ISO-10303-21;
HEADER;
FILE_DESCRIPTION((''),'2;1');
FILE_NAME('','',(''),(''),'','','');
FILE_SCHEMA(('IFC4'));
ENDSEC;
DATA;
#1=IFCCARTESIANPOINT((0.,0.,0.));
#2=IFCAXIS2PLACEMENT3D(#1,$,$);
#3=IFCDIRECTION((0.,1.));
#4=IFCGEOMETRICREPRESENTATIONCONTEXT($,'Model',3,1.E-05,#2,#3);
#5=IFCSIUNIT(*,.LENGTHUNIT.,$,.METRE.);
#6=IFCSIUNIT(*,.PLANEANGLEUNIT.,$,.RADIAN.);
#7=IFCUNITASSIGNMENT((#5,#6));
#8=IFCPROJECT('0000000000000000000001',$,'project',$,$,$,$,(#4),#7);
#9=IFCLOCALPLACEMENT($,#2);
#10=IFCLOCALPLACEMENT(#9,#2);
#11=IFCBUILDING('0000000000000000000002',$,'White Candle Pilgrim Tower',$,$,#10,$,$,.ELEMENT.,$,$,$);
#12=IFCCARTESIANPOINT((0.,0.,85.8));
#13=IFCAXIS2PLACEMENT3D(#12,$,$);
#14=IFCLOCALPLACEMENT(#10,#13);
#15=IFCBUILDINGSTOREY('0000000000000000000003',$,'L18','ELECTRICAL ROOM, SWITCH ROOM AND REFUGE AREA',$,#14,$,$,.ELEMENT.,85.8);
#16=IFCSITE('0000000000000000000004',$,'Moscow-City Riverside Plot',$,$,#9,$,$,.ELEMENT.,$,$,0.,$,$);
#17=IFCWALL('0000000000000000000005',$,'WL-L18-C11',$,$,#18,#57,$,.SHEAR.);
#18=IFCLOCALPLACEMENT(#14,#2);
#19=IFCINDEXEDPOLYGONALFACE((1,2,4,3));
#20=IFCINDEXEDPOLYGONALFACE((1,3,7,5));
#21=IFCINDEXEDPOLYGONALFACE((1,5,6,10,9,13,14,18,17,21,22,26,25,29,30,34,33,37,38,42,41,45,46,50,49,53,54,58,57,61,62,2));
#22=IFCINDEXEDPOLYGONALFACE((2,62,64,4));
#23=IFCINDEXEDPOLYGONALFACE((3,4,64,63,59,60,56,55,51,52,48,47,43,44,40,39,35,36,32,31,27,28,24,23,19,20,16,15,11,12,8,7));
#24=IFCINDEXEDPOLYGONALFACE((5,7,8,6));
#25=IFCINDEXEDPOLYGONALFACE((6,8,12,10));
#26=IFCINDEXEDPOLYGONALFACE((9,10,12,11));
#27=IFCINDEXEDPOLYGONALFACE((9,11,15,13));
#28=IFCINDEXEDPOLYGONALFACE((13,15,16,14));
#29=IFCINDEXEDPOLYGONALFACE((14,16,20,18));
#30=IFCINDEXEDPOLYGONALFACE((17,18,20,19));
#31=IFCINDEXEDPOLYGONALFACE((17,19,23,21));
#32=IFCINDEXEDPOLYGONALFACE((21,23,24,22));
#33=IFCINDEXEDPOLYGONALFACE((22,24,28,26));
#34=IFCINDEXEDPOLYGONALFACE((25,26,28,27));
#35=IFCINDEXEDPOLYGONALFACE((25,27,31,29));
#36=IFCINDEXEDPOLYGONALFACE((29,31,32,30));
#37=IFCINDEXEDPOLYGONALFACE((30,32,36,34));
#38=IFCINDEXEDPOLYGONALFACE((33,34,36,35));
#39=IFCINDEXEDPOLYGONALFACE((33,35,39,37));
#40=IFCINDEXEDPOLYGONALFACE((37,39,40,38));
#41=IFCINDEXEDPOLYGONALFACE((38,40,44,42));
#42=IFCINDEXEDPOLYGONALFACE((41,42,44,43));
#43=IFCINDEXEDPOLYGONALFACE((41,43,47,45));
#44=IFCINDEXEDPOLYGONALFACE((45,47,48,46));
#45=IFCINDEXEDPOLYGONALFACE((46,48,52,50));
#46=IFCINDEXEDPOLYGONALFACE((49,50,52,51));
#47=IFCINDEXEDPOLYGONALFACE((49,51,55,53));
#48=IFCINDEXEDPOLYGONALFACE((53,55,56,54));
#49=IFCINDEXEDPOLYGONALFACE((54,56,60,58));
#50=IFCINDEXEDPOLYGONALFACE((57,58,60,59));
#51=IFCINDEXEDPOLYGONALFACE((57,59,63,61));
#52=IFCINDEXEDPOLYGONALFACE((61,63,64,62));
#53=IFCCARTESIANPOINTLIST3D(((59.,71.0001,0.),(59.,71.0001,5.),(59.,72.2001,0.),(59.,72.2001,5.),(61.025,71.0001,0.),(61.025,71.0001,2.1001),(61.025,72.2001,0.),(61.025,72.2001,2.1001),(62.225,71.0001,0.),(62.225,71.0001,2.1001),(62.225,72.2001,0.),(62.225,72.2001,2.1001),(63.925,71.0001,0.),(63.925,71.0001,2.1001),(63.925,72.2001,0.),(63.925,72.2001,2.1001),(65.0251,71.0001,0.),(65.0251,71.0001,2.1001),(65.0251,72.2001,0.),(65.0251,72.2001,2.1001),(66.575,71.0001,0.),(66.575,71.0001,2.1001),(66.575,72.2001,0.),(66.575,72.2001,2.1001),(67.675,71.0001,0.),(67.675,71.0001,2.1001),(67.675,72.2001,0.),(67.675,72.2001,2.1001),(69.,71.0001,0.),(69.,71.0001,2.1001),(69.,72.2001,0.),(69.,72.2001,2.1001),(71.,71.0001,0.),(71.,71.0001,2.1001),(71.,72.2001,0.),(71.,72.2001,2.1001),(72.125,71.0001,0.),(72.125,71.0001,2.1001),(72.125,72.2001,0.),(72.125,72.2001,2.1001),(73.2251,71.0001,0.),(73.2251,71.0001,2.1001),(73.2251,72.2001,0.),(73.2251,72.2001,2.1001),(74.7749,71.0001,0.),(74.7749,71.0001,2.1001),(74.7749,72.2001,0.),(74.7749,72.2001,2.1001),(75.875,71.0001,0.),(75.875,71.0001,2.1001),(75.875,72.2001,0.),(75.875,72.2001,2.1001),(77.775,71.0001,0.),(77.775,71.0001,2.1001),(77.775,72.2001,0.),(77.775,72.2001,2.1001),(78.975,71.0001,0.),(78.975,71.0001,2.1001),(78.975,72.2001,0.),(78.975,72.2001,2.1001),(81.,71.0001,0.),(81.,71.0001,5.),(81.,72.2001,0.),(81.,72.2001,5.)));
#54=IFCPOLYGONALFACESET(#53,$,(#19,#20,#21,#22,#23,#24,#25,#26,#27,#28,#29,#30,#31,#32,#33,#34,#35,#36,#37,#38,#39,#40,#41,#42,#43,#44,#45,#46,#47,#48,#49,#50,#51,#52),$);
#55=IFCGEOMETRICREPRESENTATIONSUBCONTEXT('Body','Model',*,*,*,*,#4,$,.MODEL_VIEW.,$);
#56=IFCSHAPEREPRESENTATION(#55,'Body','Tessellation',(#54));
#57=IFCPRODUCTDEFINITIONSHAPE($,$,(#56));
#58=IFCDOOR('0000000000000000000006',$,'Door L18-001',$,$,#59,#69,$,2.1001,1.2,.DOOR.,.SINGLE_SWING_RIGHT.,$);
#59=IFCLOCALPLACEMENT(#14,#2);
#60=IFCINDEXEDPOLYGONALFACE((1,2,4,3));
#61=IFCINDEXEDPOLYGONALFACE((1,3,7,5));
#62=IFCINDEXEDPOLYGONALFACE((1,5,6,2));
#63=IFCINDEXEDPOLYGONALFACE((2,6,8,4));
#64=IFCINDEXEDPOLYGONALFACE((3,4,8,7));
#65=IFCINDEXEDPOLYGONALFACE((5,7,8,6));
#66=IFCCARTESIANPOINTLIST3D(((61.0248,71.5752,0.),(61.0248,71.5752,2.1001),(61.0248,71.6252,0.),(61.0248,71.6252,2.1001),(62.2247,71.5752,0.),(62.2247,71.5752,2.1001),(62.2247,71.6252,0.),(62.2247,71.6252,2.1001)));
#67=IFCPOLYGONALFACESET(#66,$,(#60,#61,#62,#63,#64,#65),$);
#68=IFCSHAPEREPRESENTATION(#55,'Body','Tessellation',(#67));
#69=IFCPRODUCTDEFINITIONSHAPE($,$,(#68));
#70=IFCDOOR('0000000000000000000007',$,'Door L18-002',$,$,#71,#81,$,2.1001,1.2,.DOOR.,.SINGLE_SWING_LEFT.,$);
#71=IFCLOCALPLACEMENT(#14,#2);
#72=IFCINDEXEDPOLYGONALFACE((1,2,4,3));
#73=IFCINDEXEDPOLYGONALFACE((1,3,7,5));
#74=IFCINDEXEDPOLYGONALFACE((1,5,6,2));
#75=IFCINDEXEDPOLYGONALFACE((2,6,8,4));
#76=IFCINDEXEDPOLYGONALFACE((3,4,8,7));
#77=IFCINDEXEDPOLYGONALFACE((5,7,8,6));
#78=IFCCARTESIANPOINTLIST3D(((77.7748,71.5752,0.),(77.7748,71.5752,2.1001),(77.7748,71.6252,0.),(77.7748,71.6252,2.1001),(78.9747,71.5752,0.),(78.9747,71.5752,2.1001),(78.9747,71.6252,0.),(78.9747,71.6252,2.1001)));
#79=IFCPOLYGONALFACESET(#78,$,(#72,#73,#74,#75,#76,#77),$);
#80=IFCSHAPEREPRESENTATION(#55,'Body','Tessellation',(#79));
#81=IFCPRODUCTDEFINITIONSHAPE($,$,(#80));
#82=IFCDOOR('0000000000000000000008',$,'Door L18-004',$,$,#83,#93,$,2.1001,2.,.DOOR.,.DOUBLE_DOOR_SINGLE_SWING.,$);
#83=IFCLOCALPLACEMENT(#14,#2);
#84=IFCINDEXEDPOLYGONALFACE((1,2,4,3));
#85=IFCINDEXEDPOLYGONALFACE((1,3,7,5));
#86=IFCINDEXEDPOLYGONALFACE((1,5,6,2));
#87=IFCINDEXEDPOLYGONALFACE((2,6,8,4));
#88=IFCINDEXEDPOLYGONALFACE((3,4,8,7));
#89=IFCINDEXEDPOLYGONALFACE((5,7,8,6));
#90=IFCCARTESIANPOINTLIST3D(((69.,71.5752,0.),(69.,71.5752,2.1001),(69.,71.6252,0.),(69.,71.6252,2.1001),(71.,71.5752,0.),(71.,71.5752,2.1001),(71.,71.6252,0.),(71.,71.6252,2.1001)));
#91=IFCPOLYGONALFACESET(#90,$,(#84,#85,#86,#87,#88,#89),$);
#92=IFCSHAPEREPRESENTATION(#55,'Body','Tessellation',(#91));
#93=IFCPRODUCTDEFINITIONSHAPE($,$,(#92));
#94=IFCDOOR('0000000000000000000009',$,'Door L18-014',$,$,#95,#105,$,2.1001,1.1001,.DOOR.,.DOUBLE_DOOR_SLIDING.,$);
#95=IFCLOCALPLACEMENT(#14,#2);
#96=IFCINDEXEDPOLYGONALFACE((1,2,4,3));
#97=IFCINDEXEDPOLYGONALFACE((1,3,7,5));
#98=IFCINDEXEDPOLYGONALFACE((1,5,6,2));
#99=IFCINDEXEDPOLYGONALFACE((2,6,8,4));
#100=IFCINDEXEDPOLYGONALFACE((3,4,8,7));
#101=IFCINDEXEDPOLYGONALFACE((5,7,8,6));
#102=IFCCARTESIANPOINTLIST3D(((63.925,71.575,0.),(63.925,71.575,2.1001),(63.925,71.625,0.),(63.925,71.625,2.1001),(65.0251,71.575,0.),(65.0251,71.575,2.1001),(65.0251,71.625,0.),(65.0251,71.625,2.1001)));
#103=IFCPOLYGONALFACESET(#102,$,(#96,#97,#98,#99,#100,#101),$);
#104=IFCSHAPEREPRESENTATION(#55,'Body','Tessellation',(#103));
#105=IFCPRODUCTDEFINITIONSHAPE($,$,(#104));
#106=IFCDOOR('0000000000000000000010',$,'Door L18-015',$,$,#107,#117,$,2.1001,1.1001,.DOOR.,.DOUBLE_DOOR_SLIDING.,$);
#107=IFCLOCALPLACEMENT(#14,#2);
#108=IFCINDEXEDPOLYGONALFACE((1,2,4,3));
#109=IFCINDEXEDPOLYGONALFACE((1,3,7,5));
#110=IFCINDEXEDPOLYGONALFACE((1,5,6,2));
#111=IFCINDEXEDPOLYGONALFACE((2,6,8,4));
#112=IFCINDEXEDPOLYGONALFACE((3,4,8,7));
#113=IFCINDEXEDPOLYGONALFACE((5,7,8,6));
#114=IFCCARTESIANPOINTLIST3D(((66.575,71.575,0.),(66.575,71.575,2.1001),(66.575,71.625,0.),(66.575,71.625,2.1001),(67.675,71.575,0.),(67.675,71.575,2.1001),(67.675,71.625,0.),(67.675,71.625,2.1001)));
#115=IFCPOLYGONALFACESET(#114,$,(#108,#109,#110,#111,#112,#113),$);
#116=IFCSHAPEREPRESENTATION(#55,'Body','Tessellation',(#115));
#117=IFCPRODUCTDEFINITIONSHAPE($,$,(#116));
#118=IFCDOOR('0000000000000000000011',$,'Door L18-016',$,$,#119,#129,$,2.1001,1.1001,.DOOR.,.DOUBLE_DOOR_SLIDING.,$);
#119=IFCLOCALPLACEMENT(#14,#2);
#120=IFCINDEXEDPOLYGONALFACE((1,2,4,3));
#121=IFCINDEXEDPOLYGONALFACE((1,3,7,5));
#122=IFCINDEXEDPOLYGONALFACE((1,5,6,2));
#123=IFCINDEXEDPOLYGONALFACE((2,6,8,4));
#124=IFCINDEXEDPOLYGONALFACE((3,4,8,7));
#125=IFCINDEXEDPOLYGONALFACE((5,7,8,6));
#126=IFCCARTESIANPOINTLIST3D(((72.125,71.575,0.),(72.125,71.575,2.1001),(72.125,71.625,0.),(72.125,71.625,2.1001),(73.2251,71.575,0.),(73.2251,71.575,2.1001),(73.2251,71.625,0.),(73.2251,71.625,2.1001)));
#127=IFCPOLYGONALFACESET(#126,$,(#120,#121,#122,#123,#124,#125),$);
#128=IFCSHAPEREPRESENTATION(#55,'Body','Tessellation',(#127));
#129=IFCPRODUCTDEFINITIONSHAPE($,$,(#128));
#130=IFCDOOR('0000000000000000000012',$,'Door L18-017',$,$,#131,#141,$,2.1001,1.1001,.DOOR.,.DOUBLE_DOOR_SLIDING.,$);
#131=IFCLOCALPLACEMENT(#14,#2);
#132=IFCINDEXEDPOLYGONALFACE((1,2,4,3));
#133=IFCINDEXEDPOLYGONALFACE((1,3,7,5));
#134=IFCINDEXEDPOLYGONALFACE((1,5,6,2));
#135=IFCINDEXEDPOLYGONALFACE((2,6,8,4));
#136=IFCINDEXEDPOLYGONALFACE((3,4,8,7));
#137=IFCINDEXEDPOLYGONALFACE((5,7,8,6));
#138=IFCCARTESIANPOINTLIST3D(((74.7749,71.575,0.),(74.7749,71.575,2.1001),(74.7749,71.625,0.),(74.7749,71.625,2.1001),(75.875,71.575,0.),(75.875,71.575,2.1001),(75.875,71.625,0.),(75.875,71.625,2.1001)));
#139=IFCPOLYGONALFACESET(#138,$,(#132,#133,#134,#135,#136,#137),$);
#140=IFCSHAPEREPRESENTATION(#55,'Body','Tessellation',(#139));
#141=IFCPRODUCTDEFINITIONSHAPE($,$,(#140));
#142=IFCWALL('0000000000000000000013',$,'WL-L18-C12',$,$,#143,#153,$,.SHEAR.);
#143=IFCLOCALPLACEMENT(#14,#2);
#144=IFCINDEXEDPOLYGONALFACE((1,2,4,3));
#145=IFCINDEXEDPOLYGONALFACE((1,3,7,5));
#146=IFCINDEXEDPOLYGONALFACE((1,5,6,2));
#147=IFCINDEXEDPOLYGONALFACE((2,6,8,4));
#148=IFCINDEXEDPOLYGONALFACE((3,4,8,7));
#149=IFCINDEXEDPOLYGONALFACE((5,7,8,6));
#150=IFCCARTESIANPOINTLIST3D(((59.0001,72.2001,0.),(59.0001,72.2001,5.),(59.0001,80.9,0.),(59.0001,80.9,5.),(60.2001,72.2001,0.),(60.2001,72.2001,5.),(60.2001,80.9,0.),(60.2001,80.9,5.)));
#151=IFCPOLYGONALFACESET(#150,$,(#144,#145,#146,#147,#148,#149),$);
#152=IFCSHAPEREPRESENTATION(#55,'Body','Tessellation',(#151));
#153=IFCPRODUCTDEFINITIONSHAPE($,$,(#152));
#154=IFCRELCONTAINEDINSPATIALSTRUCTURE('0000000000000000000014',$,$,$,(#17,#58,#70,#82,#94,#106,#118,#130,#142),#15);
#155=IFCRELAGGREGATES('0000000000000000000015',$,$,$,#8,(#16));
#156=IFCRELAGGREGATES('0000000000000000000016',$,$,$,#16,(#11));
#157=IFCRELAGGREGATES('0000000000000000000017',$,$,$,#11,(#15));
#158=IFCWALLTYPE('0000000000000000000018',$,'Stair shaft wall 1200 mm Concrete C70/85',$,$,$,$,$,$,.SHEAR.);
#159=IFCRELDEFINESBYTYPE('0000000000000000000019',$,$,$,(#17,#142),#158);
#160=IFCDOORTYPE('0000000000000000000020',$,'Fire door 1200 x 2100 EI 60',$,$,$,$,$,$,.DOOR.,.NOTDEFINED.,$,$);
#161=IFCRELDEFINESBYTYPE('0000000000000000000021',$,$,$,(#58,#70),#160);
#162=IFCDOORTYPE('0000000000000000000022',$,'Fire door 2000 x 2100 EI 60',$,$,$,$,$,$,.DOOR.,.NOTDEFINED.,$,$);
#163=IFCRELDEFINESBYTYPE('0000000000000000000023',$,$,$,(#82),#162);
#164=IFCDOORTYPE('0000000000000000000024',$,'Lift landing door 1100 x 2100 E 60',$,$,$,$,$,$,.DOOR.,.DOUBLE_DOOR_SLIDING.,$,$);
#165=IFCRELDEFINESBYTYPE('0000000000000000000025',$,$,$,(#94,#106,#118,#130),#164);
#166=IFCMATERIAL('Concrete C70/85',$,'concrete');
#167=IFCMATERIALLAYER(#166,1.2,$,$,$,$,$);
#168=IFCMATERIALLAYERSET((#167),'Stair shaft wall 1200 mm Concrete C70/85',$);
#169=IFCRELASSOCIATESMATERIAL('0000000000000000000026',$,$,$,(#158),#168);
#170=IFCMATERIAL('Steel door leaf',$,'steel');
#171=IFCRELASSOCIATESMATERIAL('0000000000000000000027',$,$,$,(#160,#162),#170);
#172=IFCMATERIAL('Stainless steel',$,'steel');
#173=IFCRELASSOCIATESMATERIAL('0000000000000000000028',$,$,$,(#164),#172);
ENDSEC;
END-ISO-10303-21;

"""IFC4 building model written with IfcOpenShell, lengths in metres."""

from ifc_helpers import new_model, si_unit, direction, frame, frame_2d, origin, place, context, subcontext, project, spatial, rectangle, extrude, material, layer, layer_set, type_object, element, fill, save


model = new_model("IFC4")

# Units and contexts
model_context = context("Model", 3, precision=1e-05, world=origin(), true_north=direction((0.0, 1.0)))
body_context = subcontext(model_context, "Body", "Model", "MODEL_VIEW")
ifc_project = project(units=[si_unit("LENGTHUNIT", "METRE"), si_unit("PLANEANGLEUNIT", "RADIAN")], contexts=[model_context])

# Site, building, storey
site_placement = place(None, origin())
site = spatial("IfcSite", under=ifc_project, at=site_placement, Name="Moscow-City Riverside Plot", CompositionType="ELEMENT", RefElevation=0.0)
building_placement = place(site_placement, origin())
building = spatial("IfcBuilding", under=site, at=building_placement, Name="White Candle Pilgrim Tower", CompositionType="ELEMENT")
storey_placement = place(building_placement, frame((0.0, 0.0, 85.8)))
storey = spatial("IfcBuildingStorey", under=building, at=storey_placement, Name="L18", Description="ELECTRICAL ROOM, SWITCH ROOM AND REFUGE AREA", CompositionType="ELEMENT", Elevation=85.8)

# Shared definitions
ifc_material_1 = material(Name="Concrete C70/85", Category="concrete")

# Wall, openings, doors
ifc_layer_1 = layer(ifc_material_1, 1.2)
ifc_layer_set_1 = layer_set([ifc_layer_1], Name="Stair shaft wall 1200 mm Concrete C70/85")
wall_type_1 = type_object("IfcWallType", Name="Stair shaft wall 1200 mm Concrete C70/85", PredefinedType="SHEAR", material=ifc_layer_set_1)
wall_1_placement = place(storey_placement, frame((59.0, 71.6001, 0.0), z_axis=(0.0, 0.0, 1.0), x_axis=(1.0, 0.0, 0.0)))
wall_1 = element("IfcWall", 1, at=wall_1_placement, inside=storey, type_object=wall_type_1, Name="WL-L18-C11", PredefinedType="SHEAR", context=body_context, shape_type="SweptSolid", body=[
    extrude(rectangle(XDim=22.0, YDim=1.2, at=frame_2d((11.0, 0.0))), origin(), (0.0, 0.0, 1.0), 5.0),
])
opening_1_placement = place(wall_1_placement, frame((2.0249, 0.0, 0.0)))
opening_1 = element("IfcOpeningElement", 2, at=opening_1_placement, cuts=wall_1, PredefinedType="OPENING", context=body_context, shape_type="SweptSolid", body=[
    extrude(rectangle(XDim=1.2, YDim=2.1001, at=frame_2d((0.6001, 1.05))), frame((0.0, 0.6099, 0.0), z_axis=(0.0, -1.0, 0.0), x_axis=(1.0, 0.0, 0.0)), (0.0, 0.0, 1.0), 1.22),
])
opening_2_placement = place(wall_1_placement, frame((18.7749, 0.0, 0.0)))
opening_2 = element("IfcOpeningElement", 3, at=opening_2_placement, cuts=wall_1, PredefinedType="OPENING", context=body_context, shape_type="SweptSolid", body=[
    extrude(rectangle(XDim=1.2, YDim=2.1001, at=frame_2d((0.6001, 1.05))), frame((0.0, 0.6099, 0.0), z_axis=(0.0, -1.0, 0.0), x_axis=(1.0, 0.0, 0.0)), (0.0, 0.0, 1.0), 1.22),
])
opening_3_placement = place(wall_1_placement, frame((10.0, 0.0, 0.0)))
opening_3 = element("IfcOpeningElement", 4, at=opening_3_placement, cuts=wall_1, PredefinedType="OPENING", context=body_context, shape_type="SweptSolid", body=[
    extrude(rectangle(XDim=2.0, YDim=2.1001, at=frame_2d((1.0, 1.05))), frame((0.0, 0.6099, 0.0), z_axis=(0.0, -1.0, 0.0), x_axis=(1.0, 0.0, 0.0)), (0.0, 0.0, 1.0), 1.22),
])
opening_4_placement = place(wall_1_placement, frame((4.925, 0.0, 0.0)))
opening_4 = element("IfcOpeningElement", 5, at=opening_4_placement, cuts=wall_1, PredefinedType="OPENING", context=body_context, shape_type="SweptSolid", body=[
    extrude(rectangle(XDim=1.1001, YDim=2.1001, at=frame_2d((0.55, 1.05))), frame((0.0, 0.6099, 0.0), z_axis=(0.0, -1.0, 0.0), x_axis=(1.0, 0.0, 0.0)), (0.0, 0.0, 1.0), 1.22),
])
opening_5_placement = place(wall_1_placement, frame((7.575, 0.0, 0.0)))
opening_5 = element("IfcOpeningElement", 6, at=opening_5_placement, cuts=wall_1, PredefinedType="OPENING", context=body_context, shape_type="SweptSolid", body=[
    extrude(rectangle(XDim=1.1001, YDim=2.1001, at=frame_2d((0.55, 1.05))), frame((0.0, 0.6099, 0.0), z_axis=(0.0, -1.0, 0.0), x_axis=(1.0, 0.0, 0.0)), (0.0, 0.0, 1.0), 1.22),
])
opening_6_placement = place(wall_1_placement, frame((13.125, 0.0, 0.0)))
opening_6 = element("IfcOpeningElement", 7, at=opening_6_placement, cuts=wall_1, PredefinedType="OPENING", context=body_context, shape_type="SweptSolid", body=[
    extrude(rectangle(XDim=1.1001, YDim=2.1001, at=frame_2d((0.55, 1.05))), frame((0.0, 0.6099, 0.0), z_axis=(0.0, -1.0, 0.0), x_axis=(1.0, 0.0, 0.0)), (0.0, 0.0, 1.0), 1.22),
])
opening_7_placement = place(wall_1_placement, frame((15.7749, 0.0, 0.0)))
opening_7 = element("IfcOpeningElement", 8, at=opening_7_placement, cuts=wall_1, PredefinedType="OPENING", context=body_context, shape_type="SweptSolid", body=[
    extrude(rectangle(XDim=1.1001, YDim=2.1001, at=frame_2d((0.55, 1.05))), frame((0.0, 0.6099, 0.0), z_axis=(0.0, -1.0, 0.0), x_axis=(1.0, 0.0, 0.0)), (0.0, 0.0, 1.0), 1.22),
])
ifc_material_2 = material(Name="Steel door leaf", Category="steel")
door_type_1 = type_object("IfcDoorType", Name="Fire door 1200 x 2100 EI 60", OperationType="NOTDEFINED", PredefinedType="DOOR", material=ifc_material_2)
door_1_placement = place(opening_1_placement, frame((1.2, 0.0, 0.0), z_axis=(0.0, 0.0, 1.0), x_axis=(-1.0, 0.0, 0.0)))
door_1 = element("IfcDoor", 9, at=door_1_placement, inside=storey, type_object=door_type_1, Name="Door L18-001", OperationType="SINGLE_SWING_RIGHT", OverallHeight=2.1001, OverallWidth=1.2, PredefinedType="DOOR", context=body_context, shape_type="SweptSolid", body=[
    extrude(rectangle(XDim=1.2, YDim=2.1001, at=frame_2d((0.6001, 1.05))), frame((0.0, 0.0249, 0.0), z_axis=(0.0, -1.0, 0.0), x_axis=(1.0, 0.0, 0.0)), (0.0, 0.0, 1.0), 0.05),
])
fill(opening_1, door_1)
door_2_placement = place(opening_2_placement, frame((1.2, 0.0, 0.0), z_axis=(0.0, 0.0, 1.0), x_axis=(-1.0, 0.0, 0.0)))
door_2 = element("IfcDoor", 10, at=door_2_placement, inside=storey, type_object=door_type_1, Name="Door L18-002", OperationType="SINGLE_SWING_LEFT", OverallHeight=2.1001, OverallWidth=1.2, PredefinedType="DOOR", context=body_context, shape_type="SweptSolid", body=[
    extrude(rectangle(XDim=1.2, YDim=2.1001, at=frame_2d((0.6001, 1.05))), frame((0.0, 0.0249, 0.0), z_axis=(0.0, -1.0, 0.0), x_axis=(1.0, 0.0, 0.0)), (0.0, 0.0, 1.0), 0.05),
])
fill(opening_2, door_2)
door_type_2 = type_object("IfcDoorType", Name="Fire door 2000 x 2100 EI 60", OperationType="NOTDEFINED", PredefinedType="DOOR", material=ifc_material_2)
door_3_placement = place(opening_3_placement, frame((2.0, 0.0, 0.0), z_axis=(0.0, 0.0, 1.0), x_axis=(-1.0, 0.0, 0.0)))
door_3 = element("IfcDoor", 11, at=door_3_placement, inside=storey, type_object=door_type_2, Name="Door L18-004", OperationType="DOUBLE_DOOR_SINGLE_SWING", OverallHeight=2.1001, OverallWidth=2.0, PredefinedType="DOOR", context=body_context, shape_type="SweptSolid", body=[
    extrude(rectangle(XDim=2.0, YDim=2.1001, at=frame_2d((1.0, 1.05))), frame((0.0, 0.0249, 0.0), z_axis=(0.0, -1.0, 0.0), x_axis=(1.0, 0.0, 0.0)), (0.0, 0.0, 1.0), 0.05),
])
fill(opening_3, door_3)
ifc_material_3 = material(Name="Stainless steel", Category="steel")
door_type_3 = type_object("IfcDoorType", Name="Lift landing door 1100 x 2100 E 60", OperationType="DOUBLE_DOOR_SLIDING", PredefinedType="DOOR", material=ifc_material_3)
door_4_placement = place(opening_4_placement, origin())
door_4 = element("IfcDoor", 12, at=door_4_placement, inside=storey, type_object=door_type_3, Name="Door L18-014", OperationType="DOUBLE_DOOR_SLIDING", OverallHeight=2.1001, OverallWidth=1.1001, PredefinedType="DOOR", context=body_context, shape_type="SweptSolid", body=[
    extrude(rectangle(XDim=1.1001, YDim=2.1001, at=frame_2d((0.55, 1.05))), frame((0.0, 0.0249, 0.0), z_axis=(0.0, -1.0, 0.0), x_axis=(1.0, 0.0, 0.0)), (0.0, 0.0, 1.0), 0.05),
])
fill(opening_4, door_4)
door_5_placement = place(opening_5_placement, origin())
door_5 = element("IfcDoor", 13, at=door_5_placement, inside=storey, type_object=door_type_3, Name="Door L18-015", OperationType="DOUBLE_DOOR_SLIDING", OverallHeight=2.1001, OverallWidth=1.1001, PredefinedType="DOOR", context=body_context, shape_type="SweptSolid", body=[
    extrude(rectangle(XDim=1.1001, YDim=2.1001, at=frame_2d((0.55, 1.05))), frame((0.0, 0.0249, 0.0), z_axis=(0.0, -1.0, 0.0), x_axis=(1.0, 0.0, 0.0)), (0.0, 0.0, 1.0), 0.05),
])
fill(opening_5, door_5)
door_6_placement = place(opening_6_placement, origin())
door_6 = element("IfcDoor", 14, at=door_6_placement, inside=storey, type_object=door_type_3, Name="Door L18-016", OperationType="DOUBLE_DOOR_SLIDING", OverallHeight=2.1001, OverallWidth=1.1001, PredefinedType="DOOR", context=body_context, shape_type="SweptSolid", body=[
    extrude(rectangle(XDim=1.1001, YDim=2.1001, at=frame_2d((0.55, 1.05))), frame((0.0, 0.0249, 0.0), z_axis=(0.0, -1.0, 0.0), x_axis=(1.0, 0.0, 0.0)), (0.0, 0.0, 1.0), 0.05),
])
fill(opening_6, door_6)
door_7_placement = place(opening_7_placement, origin())
door_7 = element("IfcDoor", 15, at=door_7_placement, inside=storey, type_object=door_type_3, Name="Door L18-017", OperationType="DOUBLE_DOOR_SLIDING", OverallHeight=2.1001, OverallWidth=1.1001, PredefinedType="DOOR", context=body_context, shape_type="SweptSolid", body=[
    extrude(rectangle(XDim=1.1001, YDim=2.1001, at=frame_2d((0.55, 1.05))), frame((0.0, 0.0249, 0.0), z_axis=(0.0, -1.0, 0.0), x_axis=(1.0, 0.0, 0.0)), (0.0, 0.0, 1.0), 0.05),
])
fill(opening_7, door_7)

# Wall
wall_2_placement = place(storey_placement, frame((59.6001, 72.2, 0.0), z_axis=(0.0, 0.0, 1.0), x_axis=(0.0, 1.0, 0.0)))
element("IfcWall", 16, at=wall_2_placement, inside=storey, type_object=wall_type_1, Name="WL-L18-C12", PredefinedType="SHEAR", context=body_context, shape_type="SweptSolid", body=[
    extrude(rectangle(XDim=8.7, YDim=1.2, at=frame_2d((4.3501, 0.0))), origin(), (0.0, 0.0, 1.0), 5.0),
])

save(model, "model.ifc")
